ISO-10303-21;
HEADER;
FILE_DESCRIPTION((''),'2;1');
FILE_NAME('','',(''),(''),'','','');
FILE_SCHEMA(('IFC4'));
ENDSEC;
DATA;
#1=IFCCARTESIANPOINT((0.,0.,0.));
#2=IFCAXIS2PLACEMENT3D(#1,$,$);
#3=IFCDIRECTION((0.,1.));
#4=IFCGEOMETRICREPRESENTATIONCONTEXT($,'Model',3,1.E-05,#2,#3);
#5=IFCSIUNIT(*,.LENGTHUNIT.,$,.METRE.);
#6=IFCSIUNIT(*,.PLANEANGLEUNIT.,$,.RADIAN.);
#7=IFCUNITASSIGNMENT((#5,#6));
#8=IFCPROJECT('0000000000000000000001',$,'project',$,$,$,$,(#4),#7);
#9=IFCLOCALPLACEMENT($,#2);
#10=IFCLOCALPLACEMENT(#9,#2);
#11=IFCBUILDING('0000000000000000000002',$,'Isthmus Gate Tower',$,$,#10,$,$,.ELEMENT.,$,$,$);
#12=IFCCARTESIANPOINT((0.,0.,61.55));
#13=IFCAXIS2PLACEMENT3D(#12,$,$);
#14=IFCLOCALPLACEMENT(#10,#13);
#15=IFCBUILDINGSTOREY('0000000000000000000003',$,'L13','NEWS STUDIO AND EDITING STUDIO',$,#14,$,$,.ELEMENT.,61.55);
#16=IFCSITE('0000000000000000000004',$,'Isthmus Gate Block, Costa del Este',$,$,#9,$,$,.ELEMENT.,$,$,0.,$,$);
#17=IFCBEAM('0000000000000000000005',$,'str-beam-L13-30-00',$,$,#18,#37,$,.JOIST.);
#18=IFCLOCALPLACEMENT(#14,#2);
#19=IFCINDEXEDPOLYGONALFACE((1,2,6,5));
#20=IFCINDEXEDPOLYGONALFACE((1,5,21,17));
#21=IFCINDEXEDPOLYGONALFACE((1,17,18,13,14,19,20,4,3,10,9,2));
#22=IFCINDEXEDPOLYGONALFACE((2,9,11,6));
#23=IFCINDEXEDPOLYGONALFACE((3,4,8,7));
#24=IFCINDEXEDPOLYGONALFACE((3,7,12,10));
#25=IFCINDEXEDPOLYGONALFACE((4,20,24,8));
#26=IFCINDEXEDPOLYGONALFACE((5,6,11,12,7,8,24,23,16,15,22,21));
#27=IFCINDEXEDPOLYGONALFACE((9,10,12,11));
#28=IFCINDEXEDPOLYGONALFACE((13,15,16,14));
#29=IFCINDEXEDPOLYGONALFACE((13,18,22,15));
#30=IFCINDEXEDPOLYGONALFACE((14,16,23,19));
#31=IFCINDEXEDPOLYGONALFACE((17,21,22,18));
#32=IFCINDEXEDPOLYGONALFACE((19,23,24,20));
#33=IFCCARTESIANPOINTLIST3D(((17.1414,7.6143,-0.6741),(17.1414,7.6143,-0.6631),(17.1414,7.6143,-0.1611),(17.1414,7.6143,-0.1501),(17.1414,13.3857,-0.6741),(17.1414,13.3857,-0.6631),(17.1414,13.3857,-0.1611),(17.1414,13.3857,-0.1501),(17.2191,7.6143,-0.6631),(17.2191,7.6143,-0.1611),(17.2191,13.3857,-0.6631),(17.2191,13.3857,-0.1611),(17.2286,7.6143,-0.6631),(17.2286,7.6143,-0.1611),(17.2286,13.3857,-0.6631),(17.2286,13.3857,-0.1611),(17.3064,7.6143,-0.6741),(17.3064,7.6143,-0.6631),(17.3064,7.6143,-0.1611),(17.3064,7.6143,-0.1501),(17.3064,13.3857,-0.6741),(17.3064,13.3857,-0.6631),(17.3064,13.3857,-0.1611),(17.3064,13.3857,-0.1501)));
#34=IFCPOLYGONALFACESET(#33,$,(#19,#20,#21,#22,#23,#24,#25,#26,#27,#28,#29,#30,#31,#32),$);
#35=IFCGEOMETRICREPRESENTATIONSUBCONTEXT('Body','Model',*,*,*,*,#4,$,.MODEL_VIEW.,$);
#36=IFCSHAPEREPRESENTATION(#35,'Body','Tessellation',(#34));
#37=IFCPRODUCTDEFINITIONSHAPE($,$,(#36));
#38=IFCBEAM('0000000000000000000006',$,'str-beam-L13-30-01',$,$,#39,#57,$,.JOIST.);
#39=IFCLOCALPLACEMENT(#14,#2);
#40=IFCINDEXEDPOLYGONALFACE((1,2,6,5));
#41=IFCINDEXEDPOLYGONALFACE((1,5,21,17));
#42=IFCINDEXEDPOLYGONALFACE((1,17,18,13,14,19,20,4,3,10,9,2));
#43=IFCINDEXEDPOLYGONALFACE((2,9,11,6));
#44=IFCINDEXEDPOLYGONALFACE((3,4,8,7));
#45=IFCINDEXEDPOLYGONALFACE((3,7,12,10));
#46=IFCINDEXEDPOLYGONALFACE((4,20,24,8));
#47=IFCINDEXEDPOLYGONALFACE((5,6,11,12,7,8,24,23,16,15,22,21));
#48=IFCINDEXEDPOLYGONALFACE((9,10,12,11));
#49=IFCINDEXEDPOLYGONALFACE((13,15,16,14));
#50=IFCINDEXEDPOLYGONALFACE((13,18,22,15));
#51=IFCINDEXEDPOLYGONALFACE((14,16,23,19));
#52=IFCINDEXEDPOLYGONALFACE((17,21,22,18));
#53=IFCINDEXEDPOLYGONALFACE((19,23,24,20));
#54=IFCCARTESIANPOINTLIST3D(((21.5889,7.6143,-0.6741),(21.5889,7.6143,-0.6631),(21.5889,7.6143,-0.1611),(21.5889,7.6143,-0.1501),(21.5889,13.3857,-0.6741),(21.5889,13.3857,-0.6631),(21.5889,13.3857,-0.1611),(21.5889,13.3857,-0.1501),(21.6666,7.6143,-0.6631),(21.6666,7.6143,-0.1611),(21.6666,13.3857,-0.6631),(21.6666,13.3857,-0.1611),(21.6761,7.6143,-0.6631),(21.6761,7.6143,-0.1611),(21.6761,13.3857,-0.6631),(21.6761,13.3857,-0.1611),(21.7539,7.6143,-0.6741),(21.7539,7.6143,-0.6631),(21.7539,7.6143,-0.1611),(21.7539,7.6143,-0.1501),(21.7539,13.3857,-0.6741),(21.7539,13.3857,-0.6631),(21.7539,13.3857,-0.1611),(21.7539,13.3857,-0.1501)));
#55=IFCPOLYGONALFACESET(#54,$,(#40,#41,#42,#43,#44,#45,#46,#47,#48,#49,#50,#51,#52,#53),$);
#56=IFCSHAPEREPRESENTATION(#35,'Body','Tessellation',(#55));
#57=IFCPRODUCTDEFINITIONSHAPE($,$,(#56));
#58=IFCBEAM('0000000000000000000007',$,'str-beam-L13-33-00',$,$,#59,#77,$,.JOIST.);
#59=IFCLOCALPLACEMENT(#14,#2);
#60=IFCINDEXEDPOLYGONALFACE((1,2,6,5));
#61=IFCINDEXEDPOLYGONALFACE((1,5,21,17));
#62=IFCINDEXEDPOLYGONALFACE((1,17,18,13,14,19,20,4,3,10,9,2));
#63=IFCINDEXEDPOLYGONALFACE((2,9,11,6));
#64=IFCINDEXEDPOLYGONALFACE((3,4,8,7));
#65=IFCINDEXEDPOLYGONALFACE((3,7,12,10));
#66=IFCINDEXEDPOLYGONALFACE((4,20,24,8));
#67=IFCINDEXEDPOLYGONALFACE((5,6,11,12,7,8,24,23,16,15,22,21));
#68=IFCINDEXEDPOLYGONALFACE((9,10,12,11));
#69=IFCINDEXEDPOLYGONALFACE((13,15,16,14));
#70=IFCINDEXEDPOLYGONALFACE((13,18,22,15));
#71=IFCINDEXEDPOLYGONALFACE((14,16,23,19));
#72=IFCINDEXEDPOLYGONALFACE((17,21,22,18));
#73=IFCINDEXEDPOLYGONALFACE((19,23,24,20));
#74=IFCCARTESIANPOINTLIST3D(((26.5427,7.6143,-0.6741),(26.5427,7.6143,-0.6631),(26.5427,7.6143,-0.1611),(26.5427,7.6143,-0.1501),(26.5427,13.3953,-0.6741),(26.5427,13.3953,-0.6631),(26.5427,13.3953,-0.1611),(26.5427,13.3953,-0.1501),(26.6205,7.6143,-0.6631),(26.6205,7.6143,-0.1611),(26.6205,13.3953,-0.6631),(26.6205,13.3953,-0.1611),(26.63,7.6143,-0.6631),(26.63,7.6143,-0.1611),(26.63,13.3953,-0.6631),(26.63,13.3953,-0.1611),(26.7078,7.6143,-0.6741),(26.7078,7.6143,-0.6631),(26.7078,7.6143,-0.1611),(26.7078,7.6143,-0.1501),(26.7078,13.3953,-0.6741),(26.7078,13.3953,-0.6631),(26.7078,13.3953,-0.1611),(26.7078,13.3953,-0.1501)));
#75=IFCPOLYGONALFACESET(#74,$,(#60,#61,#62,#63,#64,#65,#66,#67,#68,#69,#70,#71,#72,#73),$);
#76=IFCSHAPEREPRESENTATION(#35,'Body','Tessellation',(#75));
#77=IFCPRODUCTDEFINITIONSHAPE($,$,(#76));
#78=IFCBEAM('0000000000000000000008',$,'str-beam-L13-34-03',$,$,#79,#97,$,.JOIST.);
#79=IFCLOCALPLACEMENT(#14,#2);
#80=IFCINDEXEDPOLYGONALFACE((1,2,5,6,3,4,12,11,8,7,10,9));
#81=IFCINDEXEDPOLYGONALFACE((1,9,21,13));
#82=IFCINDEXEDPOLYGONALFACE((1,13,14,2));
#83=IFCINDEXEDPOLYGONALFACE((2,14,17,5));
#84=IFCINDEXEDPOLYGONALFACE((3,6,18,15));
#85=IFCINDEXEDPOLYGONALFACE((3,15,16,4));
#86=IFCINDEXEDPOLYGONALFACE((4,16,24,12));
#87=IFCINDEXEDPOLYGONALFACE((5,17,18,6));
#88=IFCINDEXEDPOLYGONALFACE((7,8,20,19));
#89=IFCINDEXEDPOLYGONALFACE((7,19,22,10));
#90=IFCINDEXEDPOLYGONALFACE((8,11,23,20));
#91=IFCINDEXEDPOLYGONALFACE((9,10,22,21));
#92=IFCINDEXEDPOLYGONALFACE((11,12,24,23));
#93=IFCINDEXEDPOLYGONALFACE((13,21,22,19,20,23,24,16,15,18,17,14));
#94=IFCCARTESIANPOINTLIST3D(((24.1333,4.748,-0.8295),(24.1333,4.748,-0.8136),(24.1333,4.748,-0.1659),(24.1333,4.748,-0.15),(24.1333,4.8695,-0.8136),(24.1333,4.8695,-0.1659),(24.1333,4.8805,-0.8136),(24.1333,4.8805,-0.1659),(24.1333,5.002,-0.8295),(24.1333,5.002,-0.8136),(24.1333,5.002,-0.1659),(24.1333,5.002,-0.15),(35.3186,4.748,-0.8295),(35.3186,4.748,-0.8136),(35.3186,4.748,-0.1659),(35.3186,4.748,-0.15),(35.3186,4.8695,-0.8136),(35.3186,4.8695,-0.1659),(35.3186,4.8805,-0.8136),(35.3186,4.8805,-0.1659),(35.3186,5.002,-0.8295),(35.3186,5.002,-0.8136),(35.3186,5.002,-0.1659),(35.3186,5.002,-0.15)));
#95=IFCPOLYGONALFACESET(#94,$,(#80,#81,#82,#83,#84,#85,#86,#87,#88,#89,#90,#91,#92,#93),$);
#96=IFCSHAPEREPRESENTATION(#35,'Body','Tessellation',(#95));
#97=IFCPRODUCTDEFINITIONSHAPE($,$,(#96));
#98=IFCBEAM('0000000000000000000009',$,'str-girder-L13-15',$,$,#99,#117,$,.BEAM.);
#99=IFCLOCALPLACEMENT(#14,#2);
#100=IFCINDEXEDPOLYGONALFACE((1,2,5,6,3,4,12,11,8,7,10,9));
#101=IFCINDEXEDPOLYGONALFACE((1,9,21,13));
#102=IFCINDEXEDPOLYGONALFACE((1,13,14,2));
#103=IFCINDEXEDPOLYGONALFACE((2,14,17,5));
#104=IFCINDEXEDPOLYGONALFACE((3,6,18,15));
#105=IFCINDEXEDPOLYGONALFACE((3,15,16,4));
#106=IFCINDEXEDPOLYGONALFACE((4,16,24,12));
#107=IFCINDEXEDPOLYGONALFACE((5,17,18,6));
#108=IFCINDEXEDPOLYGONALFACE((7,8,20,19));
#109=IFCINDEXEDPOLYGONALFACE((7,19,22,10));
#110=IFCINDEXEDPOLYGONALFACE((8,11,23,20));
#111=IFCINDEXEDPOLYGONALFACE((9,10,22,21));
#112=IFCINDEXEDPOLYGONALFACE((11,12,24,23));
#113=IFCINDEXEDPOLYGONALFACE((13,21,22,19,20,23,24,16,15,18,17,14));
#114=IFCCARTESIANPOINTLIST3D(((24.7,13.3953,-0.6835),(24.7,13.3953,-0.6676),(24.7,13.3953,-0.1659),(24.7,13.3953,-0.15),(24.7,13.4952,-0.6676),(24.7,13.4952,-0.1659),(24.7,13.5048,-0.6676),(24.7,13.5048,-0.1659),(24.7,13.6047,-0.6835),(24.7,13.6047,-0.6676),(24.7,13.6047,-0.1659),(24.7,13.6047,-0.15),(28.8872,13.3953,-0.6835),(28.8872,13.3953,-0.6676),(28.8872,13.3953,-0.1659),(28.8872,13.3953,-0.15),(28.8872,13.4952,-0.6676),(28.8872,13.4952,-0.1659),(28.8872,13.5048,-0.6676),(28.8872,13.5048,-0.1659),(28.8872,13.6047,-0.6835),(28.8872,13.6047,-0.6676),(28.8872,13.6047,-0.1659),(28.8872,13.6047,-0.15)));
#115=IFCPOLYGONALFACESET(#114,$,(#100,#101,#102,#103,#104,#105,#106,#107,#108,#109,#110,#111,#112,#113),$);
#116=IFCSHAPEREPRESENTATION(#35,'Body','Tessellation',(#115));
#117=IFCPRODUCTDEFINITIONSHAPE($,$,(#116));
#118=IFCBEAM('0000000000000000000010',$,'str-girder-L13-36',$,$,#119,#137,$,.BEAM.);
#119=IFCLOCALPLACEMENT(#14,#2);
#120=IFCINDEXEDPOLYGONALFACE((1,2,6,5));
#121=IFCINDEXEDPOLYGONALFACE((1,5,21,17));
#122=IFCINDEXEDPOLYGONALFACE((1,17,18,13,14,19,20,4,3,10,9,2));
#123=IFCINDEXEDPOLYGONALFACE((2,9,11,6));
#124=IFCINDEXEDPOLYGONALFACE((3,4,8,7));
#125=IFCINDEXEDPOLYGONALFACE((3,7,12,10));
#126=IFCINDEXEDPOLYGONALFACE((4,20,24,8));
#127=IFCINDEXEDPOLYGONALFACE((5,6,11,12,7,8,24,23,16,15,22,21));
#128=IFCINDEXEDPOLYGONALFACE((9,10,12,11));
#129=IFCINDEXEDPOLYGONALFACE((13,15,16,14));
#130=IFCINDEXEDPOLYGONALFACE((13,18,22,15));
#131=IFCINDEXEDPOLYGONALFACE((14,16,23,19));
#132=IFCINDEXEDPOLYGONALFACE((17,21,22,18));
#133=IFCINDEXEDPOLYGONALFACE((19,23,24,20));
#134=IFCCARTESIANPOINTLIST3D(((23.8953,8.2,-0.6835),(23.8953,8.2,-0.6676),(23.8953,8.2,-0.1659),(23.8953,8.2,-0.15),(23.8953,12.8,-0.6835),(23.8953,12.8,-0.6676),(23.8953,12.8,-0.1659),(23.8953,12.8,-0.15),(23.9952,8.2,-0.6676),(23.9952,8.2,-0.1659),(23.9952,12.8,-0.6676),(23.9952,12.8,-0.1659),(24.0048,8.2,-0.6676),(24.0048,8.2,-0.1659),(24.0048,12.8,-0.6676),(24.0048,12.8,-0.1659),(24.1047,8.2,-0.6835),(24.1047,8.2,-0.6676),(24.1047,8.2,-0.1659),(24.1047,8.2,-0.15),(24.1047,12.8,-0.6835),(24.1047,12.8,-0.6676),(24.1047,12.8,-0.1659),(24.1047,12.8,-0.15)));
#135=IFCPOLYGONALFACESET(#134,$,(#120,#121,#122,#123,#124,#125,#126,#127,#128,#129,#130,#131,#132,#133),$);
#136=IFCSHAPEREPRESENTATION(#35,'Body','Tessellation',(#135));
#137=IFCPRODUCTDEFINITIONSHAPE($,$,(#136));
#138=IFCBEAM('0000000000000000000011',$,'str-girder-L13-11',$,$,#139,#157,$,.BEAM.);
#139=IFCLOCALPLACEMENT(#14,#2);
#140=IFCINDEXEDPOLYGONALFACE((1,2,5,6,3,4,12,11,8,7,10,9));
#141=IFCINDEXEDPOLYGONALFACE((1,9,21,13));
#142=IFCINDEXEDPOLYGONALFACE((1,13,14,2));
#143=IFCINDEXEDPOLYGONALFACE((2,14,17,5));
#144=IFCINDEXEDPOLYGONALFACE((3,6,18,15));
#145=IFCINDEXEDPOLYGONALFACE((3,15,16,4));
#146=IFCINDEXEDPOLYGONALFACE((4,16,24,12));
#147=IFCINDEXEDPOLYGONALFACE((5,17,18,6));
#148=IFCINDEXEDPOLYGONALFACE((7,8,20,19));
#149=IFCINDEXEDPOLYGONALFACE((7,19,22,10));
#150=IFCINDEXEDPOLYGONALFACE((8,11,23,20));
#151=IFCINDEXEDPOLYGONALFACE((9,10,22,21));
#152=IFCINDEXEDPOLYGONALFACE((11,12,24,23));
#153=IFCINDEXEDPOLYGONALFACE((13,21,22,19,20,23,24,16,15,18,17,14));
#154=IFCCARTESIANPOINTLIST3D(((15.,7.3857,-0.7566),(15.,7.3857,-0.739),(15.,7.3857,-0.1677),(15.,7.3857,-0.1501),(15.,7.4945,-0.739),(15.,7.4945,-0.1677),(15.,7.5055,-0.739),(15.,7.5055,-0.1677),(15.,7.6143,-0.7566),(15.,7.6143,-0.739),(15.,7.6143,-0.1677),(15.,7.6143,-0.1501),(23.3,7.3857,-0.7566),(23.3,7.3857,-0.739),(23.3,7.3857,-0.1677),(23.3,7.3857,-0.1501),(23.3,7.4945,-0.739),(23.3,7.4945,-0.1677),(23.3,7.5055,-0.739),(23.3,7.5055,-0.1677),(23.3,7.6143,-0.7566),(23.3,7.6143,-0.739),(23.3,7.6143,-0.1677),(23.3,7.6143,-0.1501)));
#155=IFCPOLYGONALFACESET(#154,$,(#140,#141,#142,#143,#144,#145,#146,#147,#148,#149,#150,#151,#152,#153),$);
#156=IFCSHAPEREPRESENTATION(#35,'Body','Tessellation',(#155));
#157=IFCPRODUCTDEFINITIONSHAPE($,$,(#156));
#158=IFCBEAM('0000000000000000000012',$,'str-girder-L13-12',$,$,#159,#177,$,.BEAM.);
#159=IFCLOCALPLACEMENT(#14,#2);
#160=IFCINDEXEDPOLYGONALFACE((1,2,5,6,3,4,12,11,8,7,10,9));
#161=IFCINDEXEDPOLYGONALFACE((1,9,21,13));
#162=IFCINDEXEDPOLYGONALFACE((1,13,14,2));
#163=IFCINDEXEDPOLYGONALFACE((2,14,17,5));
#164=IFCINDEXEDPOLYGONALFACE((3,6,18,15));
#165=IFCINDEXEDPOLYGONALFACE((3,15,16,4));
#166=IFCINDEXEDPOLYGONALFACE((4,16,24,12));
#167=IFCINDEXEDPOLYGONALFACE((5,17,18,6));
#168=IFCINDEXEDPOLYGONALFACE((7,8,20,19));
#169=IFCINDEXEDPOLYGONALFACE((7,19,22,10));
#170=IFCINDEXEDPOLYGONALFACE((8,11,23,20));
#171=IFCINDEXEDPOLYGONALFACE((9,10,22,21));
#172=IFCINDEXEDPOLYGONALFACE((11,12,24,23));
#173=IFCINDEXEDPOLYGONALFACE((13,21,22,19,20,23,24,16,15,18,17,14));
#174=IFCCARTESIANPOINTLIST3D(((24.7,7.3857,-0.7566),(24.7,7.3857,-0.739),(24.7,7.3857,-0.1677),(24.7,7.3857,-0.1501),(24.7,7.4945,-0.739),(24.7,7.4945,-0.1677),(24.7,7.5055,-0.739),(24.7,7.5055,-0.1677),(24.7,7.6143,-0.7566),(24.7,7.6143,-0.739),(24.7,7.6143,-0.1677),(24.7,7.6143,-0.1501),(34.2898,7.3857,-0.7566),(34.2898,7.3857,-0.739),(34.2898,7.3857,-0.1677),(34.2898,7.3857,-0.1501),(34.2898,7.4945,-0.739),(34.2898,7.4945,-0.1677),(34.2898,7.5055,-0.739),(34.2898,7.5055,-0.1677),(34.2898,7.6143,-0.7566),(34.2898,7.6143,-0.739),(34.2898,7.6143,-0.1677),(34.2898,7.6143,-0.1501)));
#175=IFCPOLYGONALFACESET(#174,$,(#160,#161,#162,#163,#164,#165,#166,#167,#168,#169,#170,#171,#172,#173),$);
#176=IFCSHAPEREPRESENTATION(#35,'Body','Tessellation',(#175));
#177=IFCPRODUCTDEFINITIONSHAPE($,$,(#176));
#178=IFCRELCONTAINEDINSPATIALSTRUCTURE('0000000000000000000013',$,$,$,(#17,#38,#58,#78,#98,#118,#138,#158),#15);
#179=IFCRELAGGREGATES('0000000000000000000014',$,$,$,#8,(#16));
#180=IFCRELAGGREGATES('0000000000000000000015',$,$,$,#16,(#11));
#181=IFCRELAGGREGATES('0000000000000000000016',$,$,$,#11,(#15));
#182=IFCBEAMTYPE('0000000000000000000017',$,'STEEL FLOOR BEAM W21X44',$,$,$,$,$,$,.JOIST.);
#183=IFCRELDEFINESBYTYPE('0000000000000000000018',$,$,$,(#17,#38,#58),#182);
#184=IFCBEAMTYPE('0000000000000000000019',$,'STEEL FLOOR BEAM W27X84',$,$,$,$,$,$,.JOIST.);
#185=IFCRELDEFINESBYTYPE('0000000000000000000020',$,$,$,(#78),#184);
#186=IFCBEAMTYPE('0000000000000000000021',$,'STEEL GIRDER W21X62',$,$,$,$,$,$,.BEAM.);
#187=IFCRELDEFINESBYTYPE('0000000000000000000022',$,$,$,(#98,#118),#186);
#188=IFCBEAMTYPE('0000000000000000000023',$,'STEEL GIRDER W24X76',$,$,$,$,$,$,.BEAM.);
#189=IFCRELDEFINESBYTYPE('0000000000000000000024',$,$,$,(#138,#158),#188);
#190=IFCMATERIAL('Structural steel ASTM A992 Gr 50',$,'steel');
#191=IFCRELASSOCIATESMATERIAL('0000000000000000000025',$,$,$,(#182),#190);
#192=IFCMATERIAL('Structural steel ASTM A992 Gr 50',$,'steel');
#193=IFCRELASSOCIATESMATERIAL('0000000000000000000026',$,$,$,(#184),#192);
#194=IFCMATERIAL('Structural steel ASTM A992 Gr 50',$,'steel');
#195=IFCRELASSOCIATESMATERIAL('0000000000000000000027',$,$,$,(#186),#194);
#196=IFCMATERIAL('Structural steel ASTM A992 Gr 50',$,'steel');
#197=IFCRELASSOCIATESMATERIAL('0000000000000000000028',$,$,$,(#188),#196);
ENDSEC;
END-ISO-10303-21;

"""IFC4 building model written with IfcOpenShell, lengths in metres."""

from ifc_helpers import new_model, si_unit, direction, frame, origin, origin_2d, place, context, subcontext, project, spatial, i_section, extrude, material, material_profile, profile_set, type_object, element, save


model = new_model("IFC4")

# Units and contexts
model_context = context("Model", 3, precision=1e-05, world=origin(), true_north=direction((0.0, 1.0)))
body_context = subcontext(model_context, "Body", "Model", "MODEL_VIEW")
ifc_project = project(units=[si_unit("LENGTHUNIT", "METRE"), si_unit("PLANEANGLEUNIT", "RADIAN")], contexts=[model_context])

# Site, building, storey
site_placement = place(None, origin())
site = spatial("IfcSite", under=ifc_project, at=site_placement, Name="Isthmus Gate Block, Costa del Este", CompositionType="ELEMENT", RefElevation=0.0)
building_placement = place(site_placement, origin())
building = spatial("IfcBuilding", under=site, at=building_placement, Name="Isthmus Gate Tower", CompositionType="ELEMENT")
storey_placement = place(building_placement, frame((0.0, 0.0, 61.55)))
storey = spatial("IfcBuildingStorey", under=building, at=storey_placement, Name="L13", Description="NEWS STUDIO AND EDITING STUDIO", CompositionType="ELEMENT", Elevation=61.55)

# Beams
ifc_material_1 = material(Name="Structural steel ASTM A992 Gr 50", Category="steel")
ifc_material_profile_1 = material_profile(ifc_material_1, i_section(OverallWidth=0.165, OverallDepth=0.5239, WebThickness=0.0095, FlangeThickness=0.011, at=origin_2d()), Name="W21X44")
ifc_profile_set_1 = profile_set([ifc_material_profile_1], Name="Structural steel ASTM A992 Gr 50")
beam_type_1 = type_object("IfcBeamType", Name="STEEL FLOOR BEAM W21X44", PredefinedType="JOIST", material=ifc_profile_set_1)
for number, where, z_axis, x_axis, name in (
    (1, (17.2239, 7.6143, -0.4121), (0.0, 1.0, 0.0), (-1.0, 0.0, 0.0), "str-beam-L13-30-00"),
    (2, (21.6714, 7.6143, -0.4121), (0.0, 1.0, 0.0), (-1.0, 0.0, 0.0), "str-beam-L13-30-01"),
):
    element("IfcBeam", number, at=place(storey_placement, frame(where, z_axis=z_axis, x_axis=x_axis)), inside=storey, type_object=beam_type_1, Name=name, PredefinedType="JOIST", context=body_context, shape_type="SweptSolid", body=[
        extrude(i_section(OverallWidth=0.165, OverallDepth=0.5239, WebThickness=0.0095, FlangeThickness=0.011, at=origin_2d()), origin(), (0.0, 0.0, 1.0), 5.7715),
    ])
beam_1_placement = place(storey_placement, frame((26.6252, 7.6143, -0.4121), z_axis=(0.0, 1.0, 0.0), x_axis=(-1.0, 0.0, 0.0)))
element("IfcBeam", 3, at=beam_1_placement, inside=storey, type_object=beam_type_1, Name="str-beam-L13-33-00", PredefinedType="JOIST", context=body_context, shape_type="SweptSolid", body=[
    extrude(i_section(OverallWidth=0.165, OverallDepth=0.5239, WebThickness=0.0095, FlangeThickness=0.011, at=origin_2d()), origin(), (0.0, 0.0, 1.0), 5.781),
])
ifc_material_2 = material(Name="Structural steel ASTM A992 Gr 50", Category="steel")
ifc_material_profile_2 = material_profile(ifc_material_2, i_section(OverallWidth=0.2539, OverallDepth=0.6794, WebThickness=0.011, FlangeThickness=0.0159, at=origin_2d()), Name="W27X84")
ifc_profile_set_2 = profile_set([ifc_material_profile_2], Name="Structural steel ASTM A992 Gr 50")
beam_type_2 = type_object("IfcBeamType", Name="STEEL FLOOR BEAM W27X84", PredefinedType="JOIST", material=ifc_profile_set_2)
beam_2_placement = place(storey_placement, frame((24.1333, 4.875, -0.4897), z_axis=(1.0, 0.0, 0.0), x_axis=(0.0, 1.0, 0.0)))
element("IfcBeam", 4, at=beam_2_placement, inside=storey, type_object=beam_type_2, Name="str-beam-L13-34-03", PredefinedType="JOIST", context=body_context, shape_type="SweptSolid", body=[
    extrude(i_section(OverallWidth=0.2539, OverallDepth=0.6794, WebThickness=0.011, FlangeThickness=0.0159, at=origin_2d()), origin(), (0.0, 0.0, 1.0), 11.1853),
])
ifc_material_3 = material(Name="Structural steel ASTM A992 Gr 50", Category="steel")
ifc_material_profile_3 = material_profile(ifc_material_3, i_section(OverallWidth=0.2095, OverallDepth=0.5334, WebThickness=0.0095, FlangeThickness=0.0159, at=origin_2d()), Name="W21X62")
ifc_profile_set_3 = profile_set([ifc_material_profile_3], Name="Structural steel ASTM A992 Gr 50")
beam_type_3 = type_object("IfcBeamType", Name="STEEL GIRDER W21X62", PredefinedType="BEAM", material=ifc_profile_set_3)
beam_3_placement = place(storey_placement, frame((24.7, 13.5, -0.4167), z_axis=(1.0, 0.0, 0.0), x_axis=(0.0, 1.0, 0.0)))
element("IfcBeam", 5, at=beam_3_placement, inside=storey, type_object=beam_type_3, Name="str-girder-L13-15", PredefinedType="BEAM", context=body_context, shape_type="SweptSolid", body=[
    extrude(i_section(OverallWidth=0.2095, OverallDepth=0.5334, WebThickness=0.0095, FlangeThickness=0.0159, at=origin_2d()), origin(), (0.0, 0.0, 1.0), 4.1873),
])
beam_4_placement = place(storey_placement, frame((24.0, 8.2, -0.4167), z_axis=(0.0, 1.0, 0.0), x_axis=(-1.0, 0.0, 0.0)))
element("IfcBeam", 6, at=beam_4_placement, inside=storey, type_object=beam_type_3, Name="str-girder-L13-36", PredefinedType="BEAM", context=body_context, shape_type="SweptSolid", body=[
    extrude(i_section(OverallWidth=0.2095, OverallDepth=0.5334, WebThickness=0.0095, FlangeThickness=0.0159, at=origin_2d()), origin(), (0.0, 0.0, 1.0), 4.6001),
])
ifc_material_4 = material(Name="Structural steel ASTM A992 Gr 50", Category="steel")
ifc_material_profile_4 = material_profile(ifc_material_4, i_section(OverallWidth=0.2285, OverallDepth=0.6064, WebThickness=0.011, FlangeThickness=0.0176, at=origin_2d()), Name="W24X76")
ifc_profile_set_4 = profile_set([ifc_material_profile_4], Name="Structural steel ASTM A992 Gr 50")
beam_type_4 = type_object("IfcBeamType", Name="STEEL GIRDER W24X76", PredefinedType="BEAM", material=ifc_profile_set_4)
beam_5_placement = place(storey_placement, frame((15.0, 7.5, -0.4534), z_axis=(1.0, 0.0, 0.0), x_axis=(0.0, 1.0, 0.0)))
element("IfcBeam", 7, at=beam_5_placement, inside=storey, type_object=beam_type_4, Name="str-girder-L13-11", PredefinedType="BEAM", context=body_context, shape_type="SweptSolid", body=[
    extrude(i_section(OverallWidth=0.2285, OverallDepth=0.6064, WebThickness=0.011, FlangeThickness=0.0176, at=origin_2d()), origin(), (0.0, 0.0, 1.0), 8.3),
])
beam_6_placement = place(storey_placement, frame((24.7, 7.5, -0.4534), z_axis=(1.0, 0.0, 0.0), x_axis=(0.0, 1.0, 0.0)))
element("IfcBeam", 8, at=beam_6_placement, inside=storey, type_object=beam_type_4, Name="str-girder-L13-12", PredefinedType="BEAM", context=body_context, shape_type="SweptSolid", body=[
    extrude(i_section(OverallWidth=0.2285, OverallDepth=0.6064, WebThickness=0.011, FlangeThickness=0.0176, at=origin_2d()), origin(), (0.0, 0.0, 1.0), 9.5898),
])

save(model, "model.ifc")
